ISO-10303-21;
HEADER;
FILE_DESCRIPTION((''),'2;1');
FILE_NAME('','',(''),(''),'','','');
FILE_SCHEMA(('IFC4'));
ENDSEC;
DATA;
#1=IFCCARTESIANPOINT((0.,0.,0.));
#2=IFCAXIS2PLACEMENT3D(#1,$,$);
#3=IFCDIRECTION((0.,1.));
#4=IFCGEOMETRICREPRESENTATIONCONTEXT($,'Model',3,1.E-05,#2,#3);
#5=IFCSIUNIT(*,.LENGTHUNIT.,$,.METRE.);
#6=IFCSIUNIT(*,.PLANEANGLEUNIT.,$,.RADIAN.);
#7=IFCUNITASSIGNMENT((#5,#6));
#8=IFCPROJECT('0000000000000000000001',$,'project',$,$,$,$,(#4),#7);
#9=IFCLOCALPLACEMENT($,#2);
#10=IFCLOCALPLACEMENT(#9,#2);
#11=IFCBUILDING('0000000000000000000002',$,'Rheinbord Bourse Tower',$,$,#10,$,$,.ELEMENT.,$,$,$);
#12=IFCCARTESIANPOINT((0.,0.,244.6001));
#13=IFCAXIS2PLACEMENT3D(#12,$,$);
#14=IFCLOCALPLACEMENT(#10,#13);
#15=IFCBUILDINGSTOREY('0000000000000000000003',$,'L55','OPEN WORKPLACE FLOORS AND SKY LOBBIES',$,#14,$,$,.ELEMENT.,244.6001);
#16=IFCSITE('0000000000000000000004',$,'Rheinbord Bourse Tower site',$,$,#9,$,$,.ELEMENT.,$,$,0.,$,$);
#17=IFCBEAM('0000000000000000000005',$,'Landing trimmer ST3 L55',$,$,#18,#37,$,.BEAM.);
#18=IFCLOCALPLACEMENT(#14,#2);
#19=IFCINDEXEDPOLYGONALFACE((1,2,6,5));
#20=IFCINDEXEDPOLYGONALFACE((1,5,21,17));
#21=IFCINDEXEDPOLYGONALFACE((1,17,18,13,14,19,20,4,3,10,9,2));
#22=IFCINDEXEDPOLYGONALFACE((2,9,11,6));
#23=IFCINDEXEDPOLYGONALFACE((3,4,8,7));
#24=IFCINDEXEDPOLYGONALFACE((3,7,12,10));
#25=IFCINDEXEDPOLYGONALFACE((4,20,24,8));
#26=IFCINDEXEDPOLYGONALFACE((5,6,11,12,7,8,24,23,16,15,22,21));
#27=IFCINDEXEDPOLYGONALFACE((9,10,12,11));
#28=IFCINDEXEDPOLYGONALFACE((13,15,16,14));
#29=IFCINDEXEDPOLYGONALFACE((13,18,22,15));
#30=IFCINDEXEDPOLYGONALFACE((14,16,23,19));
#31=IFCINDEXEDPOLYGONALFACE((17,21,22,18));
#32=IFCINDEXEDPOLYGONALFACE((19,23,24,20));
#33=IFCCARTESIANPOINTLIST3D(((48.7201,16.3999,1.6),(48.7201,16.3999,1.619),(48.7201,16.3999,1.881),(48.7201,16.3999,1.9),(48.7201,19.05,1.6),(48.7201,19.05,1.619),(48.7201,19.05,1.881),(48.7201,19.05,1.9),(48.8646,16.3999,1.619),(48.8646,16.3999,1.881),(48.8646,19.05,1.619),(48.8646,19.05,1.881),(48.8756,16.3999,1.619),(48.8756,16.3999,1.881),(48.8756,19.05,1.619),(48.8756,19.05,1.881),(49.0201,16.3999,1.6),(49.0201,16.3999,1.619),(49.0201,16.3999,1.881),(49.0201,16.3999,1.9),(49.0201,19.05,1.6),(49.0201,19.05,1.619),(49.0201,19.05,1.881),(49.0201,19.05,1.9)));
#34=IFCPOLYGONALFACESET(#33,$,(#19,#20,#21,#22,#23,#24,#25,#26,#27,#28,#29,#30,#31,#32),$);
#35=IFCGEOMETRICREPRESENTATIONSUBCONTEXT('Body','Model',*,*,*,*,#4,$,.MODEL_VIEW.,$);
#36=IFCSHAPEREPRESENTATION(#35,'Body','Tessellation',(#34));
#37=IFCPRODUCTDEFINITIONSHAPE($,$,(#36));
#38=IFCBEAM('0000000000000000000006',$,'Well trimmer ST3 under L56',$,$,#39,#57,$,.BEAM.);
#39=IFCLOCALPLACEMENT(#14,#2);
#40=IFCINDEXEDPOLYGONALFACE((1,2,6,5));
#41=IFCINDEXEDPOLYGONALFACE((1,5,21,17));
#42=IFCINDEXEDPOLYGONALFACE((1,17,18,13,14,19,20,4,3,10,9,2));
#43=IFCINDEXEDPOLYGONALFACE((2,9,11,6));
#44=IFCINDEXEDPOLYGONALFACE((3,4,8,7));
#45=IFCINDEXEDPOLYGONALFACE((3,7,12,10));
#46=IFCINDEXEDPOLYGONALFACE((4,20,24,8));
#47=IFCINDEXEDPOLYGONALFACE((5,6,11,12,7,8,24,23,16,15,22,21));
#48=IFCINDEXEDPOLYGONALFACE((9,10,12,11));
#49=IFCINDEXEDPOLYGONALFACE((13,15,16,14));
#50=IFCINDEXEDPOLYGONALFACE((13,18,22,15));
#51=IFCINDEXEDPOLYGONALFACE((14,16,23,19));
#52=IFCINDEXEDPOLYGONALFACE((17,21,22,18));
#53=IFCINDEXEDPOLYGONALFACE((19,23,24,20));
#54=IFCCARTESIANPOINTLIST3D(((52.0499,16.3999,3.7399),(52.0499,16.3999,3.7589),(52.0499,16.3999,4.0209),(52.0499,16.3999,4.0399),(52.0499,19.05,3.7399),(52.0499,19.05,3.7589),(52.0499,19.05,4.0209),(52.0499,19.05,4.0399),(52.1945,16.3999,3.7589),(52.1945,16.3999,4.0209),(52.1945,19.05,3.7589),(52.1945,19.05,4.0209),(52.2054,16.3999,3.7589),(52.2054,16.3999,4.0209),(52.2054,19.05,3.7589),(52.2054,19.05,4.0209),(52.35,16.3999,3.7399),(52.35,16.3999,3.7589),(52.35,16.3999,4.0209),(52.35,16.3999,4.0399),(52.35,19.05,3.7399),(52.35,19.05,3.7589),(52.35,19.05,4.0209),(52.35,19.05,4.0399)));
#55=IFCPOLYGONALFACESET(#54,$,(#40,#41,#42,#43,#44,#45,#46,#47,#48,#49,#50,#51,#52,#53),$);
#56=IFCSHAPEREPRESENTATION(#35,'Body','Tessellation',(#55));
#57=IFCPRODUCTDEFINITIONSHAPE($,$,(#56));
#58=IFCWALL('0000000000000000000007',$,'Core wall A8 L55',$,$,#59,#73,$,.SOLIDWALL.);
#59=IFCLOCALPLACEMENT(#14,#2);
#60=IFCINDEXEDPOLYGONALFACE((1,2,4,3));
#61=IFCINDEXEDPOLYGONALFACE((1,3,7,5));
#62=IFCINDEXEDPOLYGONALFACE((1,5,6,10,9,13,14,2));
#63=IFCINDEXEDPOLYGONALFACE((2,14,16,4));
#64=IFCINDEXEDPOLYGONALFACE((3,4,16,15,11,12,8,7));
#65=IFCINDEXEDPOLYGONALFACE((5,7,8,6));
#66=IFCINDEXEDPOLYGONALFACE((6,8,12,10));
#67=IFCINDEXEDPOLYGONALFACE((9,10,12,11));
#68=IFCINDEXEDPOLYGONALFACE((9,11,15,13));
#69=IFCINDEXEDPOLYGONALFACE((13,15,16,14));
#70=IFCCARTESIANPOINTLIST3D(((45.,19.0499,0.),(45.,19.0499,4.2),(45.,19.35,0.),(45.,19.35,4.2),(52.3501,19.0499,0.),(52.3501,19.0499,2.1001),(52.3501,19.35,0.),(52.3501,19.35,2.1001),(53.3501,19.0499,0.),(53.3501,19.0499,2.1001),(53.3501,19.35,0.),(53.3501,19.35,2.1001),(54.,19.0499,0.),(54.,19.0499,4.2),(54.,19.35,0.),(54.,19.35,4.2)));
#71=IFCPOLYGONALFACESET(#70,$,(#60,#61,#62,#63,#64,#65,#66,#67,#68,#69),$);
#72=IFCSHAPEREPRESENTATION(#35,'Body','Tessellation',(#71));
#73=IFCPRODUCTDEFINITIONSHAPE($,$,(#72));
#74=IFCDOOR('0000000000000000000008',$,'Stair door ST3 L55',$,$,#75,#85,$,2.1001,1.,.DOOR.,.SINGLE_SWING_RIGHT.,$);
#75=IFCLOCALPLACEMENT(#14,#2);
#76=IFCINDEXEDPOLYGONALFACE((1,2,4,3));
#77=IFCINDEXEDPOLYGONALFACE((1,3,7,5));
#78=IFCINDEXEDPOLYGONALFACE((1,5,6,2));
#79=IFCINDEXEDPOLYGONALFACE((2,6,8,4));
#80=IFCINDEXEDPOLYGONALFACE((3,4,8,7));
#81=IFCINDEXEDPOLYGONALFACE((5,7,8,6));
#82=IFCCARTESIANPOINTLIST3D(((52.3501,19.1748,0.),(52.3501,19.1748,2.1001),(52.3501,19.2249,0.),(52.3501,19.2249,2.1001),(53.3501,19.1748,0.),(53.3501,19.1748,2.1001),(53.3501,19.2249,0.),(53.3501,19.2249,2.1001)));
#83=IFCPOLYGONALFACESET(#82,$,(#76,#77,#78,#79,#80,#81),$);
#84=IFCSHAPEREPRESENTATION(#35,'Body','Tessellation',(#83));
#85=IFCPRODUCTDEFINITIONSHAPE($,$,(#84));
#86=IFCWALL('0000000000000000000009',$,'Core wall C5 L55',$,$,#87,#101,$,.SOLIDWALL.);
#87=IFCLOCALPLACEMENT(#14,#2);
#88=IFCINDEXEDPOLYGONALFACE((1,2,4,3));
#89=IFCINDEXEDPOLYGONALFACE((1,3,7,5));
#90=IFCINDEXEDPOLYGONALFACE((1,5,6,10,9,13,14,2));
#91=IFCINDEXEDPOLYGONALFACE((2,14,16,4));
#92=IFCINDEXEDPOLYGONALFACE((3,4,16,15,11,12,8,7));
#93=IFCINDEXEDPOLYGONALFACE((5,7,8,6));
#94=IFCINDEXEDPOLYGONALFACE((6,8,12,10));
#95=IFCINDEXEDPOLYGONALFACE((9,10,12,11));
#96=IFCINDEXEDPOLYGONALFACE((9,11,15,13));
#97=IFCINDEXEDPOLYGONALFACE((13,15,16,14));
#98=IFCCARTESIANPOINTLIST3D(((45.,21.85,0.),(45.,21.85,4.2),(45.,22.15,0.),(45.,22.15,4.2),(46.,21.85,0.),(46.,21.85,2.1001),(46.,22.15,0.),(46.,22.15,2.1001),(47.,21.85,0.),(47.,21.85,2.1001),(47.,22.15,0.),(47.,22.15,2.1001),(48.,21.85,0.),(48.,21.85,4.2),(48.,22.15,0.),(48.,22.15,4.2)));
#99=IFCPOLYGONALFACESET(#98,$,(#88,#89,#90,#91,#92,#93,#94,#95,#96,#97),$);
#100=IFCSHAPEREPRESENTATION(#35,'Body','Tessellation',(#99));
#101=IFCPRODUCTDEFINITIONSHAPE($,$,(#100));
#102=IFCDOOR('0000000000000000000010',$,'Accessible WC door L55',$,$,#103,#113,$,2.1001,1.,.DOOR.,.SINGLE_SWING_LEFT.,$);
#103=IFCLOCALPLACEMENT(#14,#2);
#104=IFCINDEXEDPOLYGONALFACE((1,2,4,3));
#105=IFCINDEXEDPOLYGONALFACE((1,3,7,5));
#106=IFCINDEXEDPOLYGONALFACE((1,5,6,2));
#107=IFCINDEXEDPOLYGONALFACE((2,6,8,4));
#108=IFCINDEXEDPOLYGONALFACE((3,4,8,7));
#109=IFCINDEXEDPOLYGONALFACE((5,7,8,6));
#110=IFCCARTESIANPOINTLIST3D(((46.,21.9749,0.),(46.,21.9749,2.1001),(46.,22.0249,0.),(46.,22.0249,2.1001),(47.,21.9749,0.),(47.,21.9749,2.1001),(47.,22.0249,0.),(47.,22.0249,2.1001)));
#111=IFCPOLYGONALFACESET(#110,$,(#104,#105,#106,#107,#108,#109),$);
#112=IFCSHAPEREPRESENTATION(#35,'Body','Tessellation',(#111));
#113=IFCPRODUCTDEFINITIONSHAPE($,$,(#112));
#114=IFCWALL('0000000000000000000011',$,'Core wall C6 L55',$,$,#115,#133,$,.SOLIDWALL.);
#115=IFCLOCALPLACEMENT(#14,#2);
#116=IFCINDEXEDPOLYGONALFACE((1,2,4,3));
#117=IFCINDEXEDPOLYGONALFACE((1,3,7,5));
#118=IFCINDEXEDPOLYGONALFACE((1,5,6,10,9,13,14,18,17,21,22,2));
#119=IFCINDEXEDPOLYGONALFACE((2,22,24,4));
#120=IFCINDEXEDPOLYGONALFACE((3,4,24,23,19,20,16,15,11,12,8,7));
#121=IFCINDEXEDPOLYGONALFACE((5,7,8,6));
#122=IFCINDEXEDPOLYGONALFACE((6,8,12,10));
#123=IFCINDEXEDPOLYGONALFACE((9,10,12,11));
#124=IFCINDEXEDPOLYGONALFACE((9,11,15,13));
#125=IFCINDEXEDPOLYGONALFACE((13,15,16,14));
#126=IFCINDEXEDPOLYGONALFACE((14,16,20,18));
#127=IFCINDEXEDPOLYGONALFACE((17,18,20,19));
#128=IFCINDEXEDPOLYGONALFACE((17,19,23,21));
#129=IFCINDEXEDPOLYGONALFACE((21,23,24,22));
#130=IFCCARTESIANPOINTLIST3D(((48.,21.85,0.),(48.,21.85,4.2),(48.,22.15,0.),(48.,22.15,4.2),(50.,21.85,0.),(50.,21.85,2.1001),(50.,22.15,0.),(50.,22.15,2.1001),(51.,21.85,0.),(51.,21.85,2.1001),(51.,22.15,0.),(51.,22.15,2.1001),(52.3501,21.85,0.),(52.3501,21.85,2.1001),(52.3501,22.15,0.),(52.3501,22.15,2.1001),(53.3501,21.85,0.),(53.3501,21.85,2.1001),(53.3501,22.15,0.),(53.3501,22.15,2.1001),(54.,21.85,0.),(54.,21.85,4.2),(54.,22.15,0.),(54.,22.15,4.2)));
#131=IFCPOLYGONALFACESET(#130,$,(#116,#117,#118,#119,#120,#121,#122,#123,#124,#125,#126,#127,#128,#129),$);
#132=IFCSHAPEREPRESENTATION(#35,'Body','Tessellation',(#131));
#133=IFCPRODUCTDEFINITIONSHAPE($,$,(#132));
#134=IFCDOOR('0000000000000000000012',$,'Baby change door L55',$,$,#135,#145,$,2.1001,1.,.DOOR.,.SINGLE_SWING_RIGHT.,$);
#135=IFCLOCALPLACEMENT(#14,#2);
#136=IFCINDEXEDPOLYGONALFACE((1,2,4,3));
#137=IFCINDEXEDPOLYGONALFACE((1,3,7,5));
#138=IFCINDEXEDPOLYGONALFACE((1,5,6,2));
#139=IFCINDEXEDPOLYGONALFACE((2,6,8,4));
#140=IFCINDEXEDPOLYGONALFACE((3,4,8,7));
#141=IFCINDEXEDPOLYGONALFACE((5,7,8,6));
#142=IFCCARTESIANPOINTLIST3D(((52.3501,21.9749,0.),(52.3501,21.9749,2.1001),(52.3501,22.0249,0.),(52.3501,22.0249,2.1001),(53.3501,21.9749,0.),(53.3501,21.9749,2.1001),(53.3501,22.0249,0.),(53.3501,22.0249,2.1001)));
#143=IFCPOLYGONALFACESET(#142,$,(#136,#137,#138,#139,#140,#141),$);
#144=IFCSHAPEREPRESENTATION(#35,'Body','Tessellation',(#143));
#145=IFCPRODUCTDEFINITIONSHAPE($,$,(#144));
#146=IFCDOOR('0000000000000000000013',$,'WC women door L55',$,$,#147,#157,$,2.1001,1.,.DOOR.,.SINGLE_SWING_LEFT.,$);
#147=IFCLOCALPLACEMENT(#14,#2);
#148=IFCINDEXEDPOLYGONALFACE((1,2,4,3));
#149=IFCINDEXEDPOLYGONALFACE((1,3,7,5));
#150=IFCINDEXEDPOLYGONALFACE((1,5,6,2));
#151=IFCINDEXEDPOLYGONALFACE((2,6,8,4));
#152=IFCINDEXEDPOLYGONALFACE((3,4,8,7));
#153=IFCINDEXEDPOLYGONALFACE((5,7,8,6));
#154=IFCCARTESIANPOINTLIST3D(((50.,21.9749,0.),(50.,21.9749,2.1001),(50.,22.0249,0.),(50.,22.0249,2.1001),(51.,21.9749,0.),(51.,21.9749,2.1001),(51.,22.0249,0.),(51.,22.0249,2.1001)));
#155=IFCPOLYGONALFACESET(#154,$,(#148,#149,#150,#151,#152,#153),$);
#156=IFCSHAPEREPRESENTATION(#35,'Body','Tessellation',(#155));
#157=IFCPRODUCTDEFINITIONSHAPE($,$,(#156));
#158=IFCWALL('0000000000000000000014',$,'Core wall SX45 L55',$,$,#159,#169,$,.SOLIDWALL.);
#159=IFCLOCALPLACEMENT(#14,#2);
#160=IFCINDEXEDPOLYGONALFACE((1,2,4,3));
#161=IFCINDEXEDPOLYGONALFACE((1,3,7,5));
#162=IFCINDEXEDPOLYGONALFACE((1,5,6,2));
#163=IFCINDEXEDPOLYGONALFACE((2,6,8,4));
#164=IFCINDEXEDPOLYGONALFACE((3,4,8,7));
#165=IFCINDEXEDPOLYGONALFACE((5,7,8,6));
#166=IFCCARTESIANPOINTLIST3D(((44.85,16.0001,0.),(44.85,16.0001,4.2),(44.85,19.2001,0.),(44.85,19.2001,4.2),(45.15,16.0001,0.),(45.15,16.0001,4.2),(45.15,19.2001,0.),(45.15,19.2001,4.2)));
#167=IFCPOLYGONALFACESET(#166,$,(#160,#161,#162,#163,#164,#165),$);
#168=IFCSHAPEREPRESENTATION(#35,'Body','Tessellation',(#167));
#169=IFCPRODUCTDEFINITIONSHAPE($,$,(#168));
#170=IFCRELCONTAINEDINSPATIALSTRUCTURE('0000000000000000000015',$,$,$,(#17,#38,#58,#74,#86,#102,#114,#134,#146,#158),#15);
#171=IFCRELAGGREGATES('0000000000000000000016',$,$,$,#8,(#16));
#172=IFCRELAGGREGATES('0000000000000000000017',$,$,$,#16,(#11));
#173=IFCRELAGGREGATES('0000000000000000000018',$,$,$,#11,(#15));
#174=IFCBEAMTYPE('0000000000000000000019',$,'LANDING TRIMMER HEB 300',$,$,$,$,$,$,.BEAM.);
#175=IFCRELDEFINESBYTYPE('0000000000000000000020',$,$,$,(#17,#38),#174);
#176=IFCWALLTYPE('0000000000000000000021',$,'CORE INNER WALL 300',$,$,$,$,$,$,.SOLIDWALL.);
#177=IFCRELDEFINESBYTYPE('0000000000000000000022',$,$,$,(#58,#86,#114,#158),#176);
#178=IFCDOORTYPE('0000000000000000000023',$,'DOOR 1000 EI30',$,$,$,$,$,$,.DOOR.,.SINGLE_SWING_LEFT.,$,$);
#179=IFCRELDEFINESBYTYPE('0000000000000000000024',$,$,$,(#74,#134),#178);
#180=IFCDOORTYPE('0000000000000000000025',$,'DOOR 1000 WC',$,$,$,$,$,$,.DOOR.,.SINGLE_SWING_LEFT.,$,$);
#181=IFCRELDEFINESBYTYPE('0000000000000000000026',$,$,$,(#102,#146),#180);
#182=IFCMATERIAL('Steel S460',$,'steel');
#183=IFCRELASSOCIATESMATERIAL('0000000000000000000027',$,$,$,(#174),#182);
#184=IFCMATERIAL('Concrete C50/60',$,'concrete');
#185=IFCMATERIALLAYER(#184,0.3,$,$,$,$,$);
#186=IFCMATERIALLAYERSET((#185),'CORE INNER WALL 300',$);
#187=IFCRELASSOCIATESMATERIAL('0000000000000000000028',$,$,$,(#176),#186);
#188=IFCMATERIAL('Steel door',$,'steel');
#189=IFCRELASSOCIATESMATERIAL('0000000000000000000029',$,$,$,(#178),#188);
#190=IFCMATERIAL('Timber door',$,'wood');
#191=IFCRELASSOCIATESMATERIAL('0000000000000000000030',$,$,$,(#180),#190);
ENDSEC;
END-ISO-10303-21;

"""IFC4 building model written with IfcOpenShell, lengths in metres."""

from ifc_helpers import new_model, si_unit, direction, frame, frame_2d, origin, origin_2d, place, context, subcontext, project, spatial, rectangle, i_section, extrude, material, layer, layer_set, material_profile, profile_set, type_object, element, fill, save


model = new_model("IFC4")

# Units and contexts
model_context = context("Model", 3, precision=1e-05, world=origin(), true_north=direction((0.0, 1.0)))
body_context = subcontext(model_context, "Body", "Model", "MODEL_VIEW")
ifc_project = project(units=[si_unit("LENGTHUNIT", "METRE"), si_unit("PLANEANGLEUNIT", "RADIAN")], contexts=[model_context])

# Site, building, storey
site_placement = place(None, origin())
site = spatial("IfcSite", under=ifc_project, at=site_placement, Name="Rheinbord Bourse Tower site", CompositionType="ELEMENT", RefElevation=0.0)
building_placement = place(site_placement, origin())
building = spatial("IfcBuilding", under=site, at=building_placement, Name="Rheinbord Bourse Tower", CompositionType="ELEMENT")
storey_placement = place(building_placement, frame((0.0, 0.0, 244.6001)))
storey = spatial("IfcBuildingStorey", under=building, at=storey_placement, Name="L55", Description="OPEN WORKPLACE FLOORS AND SKY LOBBIES", CompositionType="ELEMENT", Elevation=244.6001)

# Beams
ifc_material_1 = material(Name="Steel S460", Category="steel")
ifc_material_profile = material_profile(ifc_material_1, i_section(OverallWidth=0.3, OverallDepth=0.3, WebThickness=0.011, FlangeThickness=0.019, at=origin_2d()), Name="HEB 300")
ifc_profile_set = profile_set([ifc_material_profile], Name="Steel S460")
beam_type = type_object("IfcBeamType", Name="LANDING TRIMMER HEB 300", PredefinedType="BEAM", material=ifc_profile_set)
for number, where, z_axis, x_axis, name in (
    (1, (48.8701, 16.3999, 1.75), (0.0, 1.0, 0.0), (-1.0, 0.0, 0.0), "Landing trimmer ST3 L55"),
    (2, (52.2, 16.3999, 3.8899), (0.0, 1.0, 0.0), (-1.0, 0.0, 0.0), "Well trimmer ST3 under L56"),
):
    element("IfcBeam", number, at=place(storey_placement, frame(where, z_axis=z_axis, x_axis=x_axis)), inside=storey, type_object=beam_type, Name=name, PredefinedType="BEAM", context=body_context, shape_type="SweptSolid", body=[
        extrude(i_section(OverallWidth=0.3, OverallDepth=0.3, WebThickness=0.011, FlangeThickness=0.019, at=origin_2d()), origin(), (0.0, 0.0, 1.0), 2.6501),
    ])

# Walls, openings, doors
ifc_material_2 = material(Name="Concrete C50/60", Category="concrete")
ifc_layer_1 = layer(ifc_material_2, 0.3)
ifc_layer_set_1 = layer_set([ifc_layer_1], Name="CORE INNER WALL 300")
wall_type_1 = type_object("IfcWallType", Name="CORE INNER WALL 300", PredefinedType="SOLIDWALL", material=ifc_layer_set_1)
wall_1_placement = place(storey_placement, frame((45.0, 19.2, 0.0), z_axis=(0.0, 0.0, 1.0), x_axis=(1.0, 0.0, 0.0)))
wall_1 = element("IfcWall", 3, at=wall_1_placement, inside=storey, type_object=wall_type_1, Name="Core wall A8 L55", PredefinedType="SOLIDWALL", context=body_context, shape_type="SweptSolid", body=[
    extrude(rectangle(XDim=9.0, YDim=0.3, at=frame_2d((4.5, 0.0))), origin(), (0.0, 0.0, 1.0), 4.2),
])
opening_1_placement = place(wall_1_placement, frame((7.3501, 0.0, 0.0)))
opening_1 = element("IfcOpeningElement", 4, at=opening_1_placement, cuts=wall_1, PredefinedType="OPENING", context=body_context, shape_type="SweptSolid", body=[
    extrude(rectangle(XDim=1.0, YDim=2.1001, at=frame_2d((0.5, 1.05))), frame((0.0, 0.1599, 0.0), z_axis=(0.0, -1.0, 0.0), x_axis=(1.0, 0.0, 0.0)), (0.0, 0.0, 1.0), 0.3201),
])
ifc_material_3 = material(Name="Steel door", Category="steel")
door_type_1 = type_object("IfcDoorType", Name="DOOR 1000 EI30", OperationType="SINGLE_SWING_LEFT", PredefinedType="DOOR", material=ifc_material_3)
door_1_placement = place(opening_1_placement, origin())
door_1 = element("IfcDoor", 5, at=door_1_placement, inside=storey, type_object=door_type_1, Name="Stair door ST3 L55", OperationType="SINGLE_SWING_RIGHT", OverallHeight=2.1001, OverallWidth=1.0, PredefinedType="DOOR", context=body_context, shape_type="SweptSolid", body=[
    extrude(rectangle(XDim=1.0, YDim=2.1001, at=frame_2d((0.5, 1.05))), frame((0.0, 0.0249, 0.0), z_axis=(0.0, -1.0, 0.0), x_axis=(1.0, 0.0, 0.0)), (0.0, 0.0, 1.0), 0.05),
])
fill(opening_1, door_1)
wall_2_placement = place(storey_placement, frame((45.0, 22.0, 0.0), z_axis=(0.0, 0.0, 1.0), x_axis=(1.0, 0.0, 0.0)))
wall_2 = element("IfcWall", 6, at=wall_2_placement, inside=storey, type_object=wall_type_1, Name="Core wall C5 L55", PredefinedType="SOLIDWALL", context=body_context, shape_type="SweptSolid", body=[
    extrude(rectangle(XDim=3.0, YDim=0.3, at=frame_2d((1.5, 0.0))), origin(), (0.0, 0.0, 1.0), 4.2),
])
opening_2_placement = place(wall_2_placement, frame((1.0, 0.0, 0.0)))
opening_2 = element("IfcOpeningElement", 7, at=opening_2_placement, cuts=wall_2, PredefinedType="OPENING", context=body_context, shape_type="SweptSolid", body=[
    extrude(rectangle(XDim=1.0, YDim=2.1001, at=frame_2d((0.5, 1.05))), frame((0.0, 0.1599, 0.0), z_axis=(0.0, -1.0, 0.0), x_axis=(1.0, 0.0, 0.0)), (0.0, 0.0, 1.0), 0.3201),
])
ifc_material_4 = material(Name="Timber door", Category="wood")
door_type_2 = type_object("IfcDoorType", Name="DOOR 1000 WC", OperationType="SINGLE_SWING_LEFT", PredefinedType="DOOR", material=ifc_material_4)
door_2_placement = place(opening_2_placement, origin())
door_2 = element("IfcDoor", 8, at=door_2_placement, inside=storey, type_object=door_type_2, Name="Accessible WC door L55", OperationType="SINGLE_SWING_LEFT", OverallHeight=2.1001, OverallWidth=1.0, PredefinedType="DOOR", context=body_context, shape_type="SweptSolid", body=[
    extrude(rectangle(XDim=1.0, YDim=2.1001, at=frame_2d((0.5, 1.05))), frame((0.0, 0.0249, 0.0), z_axis=(0.0, -1.0, 0.0), x_axis=(1.0, 0.0, 0.0)), (0.0, 0.0, 1.0), 0.05),
])
fill(opening_2, door_2)

# Wall, openings, doors
wall_3_placement = place(storey_placement, frame((48.0, 22.0, 0.0), z_axis=(0.0, 0.0, 1.0), x_axis=(1.0, 0.0, 0.0)))
wall_3 = element("IfcWall", 9, at=wall_3_placement, inside=storey, type_object=wall_type_1, Name="Core wall C6 L55", PredefinedType="SOLIDWALL", context=body_context, shape_type="SweptSolid", body=[
    extrude(rectangle(XDim=6.0, YDim=0.3, at=frame_2d((3.0, 0.0))), origin(), (0.0, 0.0, 1.0), 4.2),
])
opening_3_placement = place(wall_3_placement, frame((2.0, 0.0, 0.0)))
opening_3 = element("IfcOpeningElement", 10, at=opening_3_placement, cuts=wall_3, PredefinedType="OPENING", context=body_context, shape_type="SweptSolid", body=[
    extrude(rectangle(XDim=1.0, YDim=2.1001, at=frame_2d((0.5, 1.05))), frame((0.0, 0.1599, 0.0), z_axis=(0.0, -1.0, 0.0), x_axis=(1.0, 0.0, 0.0)), (0.0, 0.0, 1.0), 0.3201),
])
opening_4_placement = place(wall_3_placement, frame((4.3501, 0.0, 0.0)))
opening_4 = element("IfcOpeningElement", 11, at=opening_4_placement, cuts=wall_3, PredefinedType="OPENING", context=body_context, shape_type="SweptSolid", body=[
    extrude(rectangle(XDim=1.0, YDim=2.1001, at=frame_2d((0.5, 1.05))), frame((0.0, 0.1599, 0.0), z_axis=(0.0, -1.0, 0.0), x_axis=(1.0, 0.0, 0.0)), (0.0, 0.0, 1.0), 0.3201),
])
door_3_placement = place(opening_4_placement, origin())
door_3 = element("IfcDoor", 12, at=door_3_placement, inside=storey, type_object=door_type_1, Name="Baby change door L55", OperationType="SINGLE_SWING_RIGHT", OverallHeight=2.1001, OverallWidth=1.0, PredefinedType="DOOR", context=body_context, shape_type="SweptSolid", body=[
    extrude(rectangle(XDim=1.0, YDim=2.1001, at=frame_2d((0.5, 1.05))), frame((0.0, 0.0249, 0.0), z_axis=(0.0, -1.0, 0.0), x_axis=(1.0, 0.0, 0.0)), (0.0, 0.0, 1.0), 0.05),
])
fill(opening_4, door_3)
door_4_placement = place(opening_3_placement, origin())
door_4 = element("IfcDoor", 13, at=door_4_placement, inside=storey, type_object=door_type_2, Name="WC women door L55", OperationType="SINGLE_SWING_LEFT", OverallHeight=2.1001, OverallWidth=1.0, PredefinedType="DOOR", context=body_context, shape_type="SweptSolid", body=[
    extrude(rectangle(XDim=1.0, YDim=2.1001, at=frame_2d((0.5, 1.05))), frame((0.0, 0.0249, 0.0), z_axis=(0.0, -1.0, 0.0), x_axis=(1.0, 0.0, 0.0)), (0.0, 0.0, 1.0), 0.05),
])
fill(opening_3, door_4)

# Wall
wall_4_placement = place(storey_placement, frame((45.0, 16.0, 0.0), z_axis=(0.0, 0.0, 1.0), x_axis=(0.0, 1.0, 0.0)))
element("IfcWall", 14, at=wall_4_placement, inside=storey, type_object=wall_type_1, Name="Core wall SX45 L55", PredefinedType="SOLIDWALL", context=body_context, shape_type="SweptSolid", body=[
    extrude(rectangle(XDim=3.2, YDim=0.3, at=frame_2d((1.6001, 0.0))), origin(), (0.0, 0.0, 1.0), 4.2),
])

save(model, "model.ifc")
